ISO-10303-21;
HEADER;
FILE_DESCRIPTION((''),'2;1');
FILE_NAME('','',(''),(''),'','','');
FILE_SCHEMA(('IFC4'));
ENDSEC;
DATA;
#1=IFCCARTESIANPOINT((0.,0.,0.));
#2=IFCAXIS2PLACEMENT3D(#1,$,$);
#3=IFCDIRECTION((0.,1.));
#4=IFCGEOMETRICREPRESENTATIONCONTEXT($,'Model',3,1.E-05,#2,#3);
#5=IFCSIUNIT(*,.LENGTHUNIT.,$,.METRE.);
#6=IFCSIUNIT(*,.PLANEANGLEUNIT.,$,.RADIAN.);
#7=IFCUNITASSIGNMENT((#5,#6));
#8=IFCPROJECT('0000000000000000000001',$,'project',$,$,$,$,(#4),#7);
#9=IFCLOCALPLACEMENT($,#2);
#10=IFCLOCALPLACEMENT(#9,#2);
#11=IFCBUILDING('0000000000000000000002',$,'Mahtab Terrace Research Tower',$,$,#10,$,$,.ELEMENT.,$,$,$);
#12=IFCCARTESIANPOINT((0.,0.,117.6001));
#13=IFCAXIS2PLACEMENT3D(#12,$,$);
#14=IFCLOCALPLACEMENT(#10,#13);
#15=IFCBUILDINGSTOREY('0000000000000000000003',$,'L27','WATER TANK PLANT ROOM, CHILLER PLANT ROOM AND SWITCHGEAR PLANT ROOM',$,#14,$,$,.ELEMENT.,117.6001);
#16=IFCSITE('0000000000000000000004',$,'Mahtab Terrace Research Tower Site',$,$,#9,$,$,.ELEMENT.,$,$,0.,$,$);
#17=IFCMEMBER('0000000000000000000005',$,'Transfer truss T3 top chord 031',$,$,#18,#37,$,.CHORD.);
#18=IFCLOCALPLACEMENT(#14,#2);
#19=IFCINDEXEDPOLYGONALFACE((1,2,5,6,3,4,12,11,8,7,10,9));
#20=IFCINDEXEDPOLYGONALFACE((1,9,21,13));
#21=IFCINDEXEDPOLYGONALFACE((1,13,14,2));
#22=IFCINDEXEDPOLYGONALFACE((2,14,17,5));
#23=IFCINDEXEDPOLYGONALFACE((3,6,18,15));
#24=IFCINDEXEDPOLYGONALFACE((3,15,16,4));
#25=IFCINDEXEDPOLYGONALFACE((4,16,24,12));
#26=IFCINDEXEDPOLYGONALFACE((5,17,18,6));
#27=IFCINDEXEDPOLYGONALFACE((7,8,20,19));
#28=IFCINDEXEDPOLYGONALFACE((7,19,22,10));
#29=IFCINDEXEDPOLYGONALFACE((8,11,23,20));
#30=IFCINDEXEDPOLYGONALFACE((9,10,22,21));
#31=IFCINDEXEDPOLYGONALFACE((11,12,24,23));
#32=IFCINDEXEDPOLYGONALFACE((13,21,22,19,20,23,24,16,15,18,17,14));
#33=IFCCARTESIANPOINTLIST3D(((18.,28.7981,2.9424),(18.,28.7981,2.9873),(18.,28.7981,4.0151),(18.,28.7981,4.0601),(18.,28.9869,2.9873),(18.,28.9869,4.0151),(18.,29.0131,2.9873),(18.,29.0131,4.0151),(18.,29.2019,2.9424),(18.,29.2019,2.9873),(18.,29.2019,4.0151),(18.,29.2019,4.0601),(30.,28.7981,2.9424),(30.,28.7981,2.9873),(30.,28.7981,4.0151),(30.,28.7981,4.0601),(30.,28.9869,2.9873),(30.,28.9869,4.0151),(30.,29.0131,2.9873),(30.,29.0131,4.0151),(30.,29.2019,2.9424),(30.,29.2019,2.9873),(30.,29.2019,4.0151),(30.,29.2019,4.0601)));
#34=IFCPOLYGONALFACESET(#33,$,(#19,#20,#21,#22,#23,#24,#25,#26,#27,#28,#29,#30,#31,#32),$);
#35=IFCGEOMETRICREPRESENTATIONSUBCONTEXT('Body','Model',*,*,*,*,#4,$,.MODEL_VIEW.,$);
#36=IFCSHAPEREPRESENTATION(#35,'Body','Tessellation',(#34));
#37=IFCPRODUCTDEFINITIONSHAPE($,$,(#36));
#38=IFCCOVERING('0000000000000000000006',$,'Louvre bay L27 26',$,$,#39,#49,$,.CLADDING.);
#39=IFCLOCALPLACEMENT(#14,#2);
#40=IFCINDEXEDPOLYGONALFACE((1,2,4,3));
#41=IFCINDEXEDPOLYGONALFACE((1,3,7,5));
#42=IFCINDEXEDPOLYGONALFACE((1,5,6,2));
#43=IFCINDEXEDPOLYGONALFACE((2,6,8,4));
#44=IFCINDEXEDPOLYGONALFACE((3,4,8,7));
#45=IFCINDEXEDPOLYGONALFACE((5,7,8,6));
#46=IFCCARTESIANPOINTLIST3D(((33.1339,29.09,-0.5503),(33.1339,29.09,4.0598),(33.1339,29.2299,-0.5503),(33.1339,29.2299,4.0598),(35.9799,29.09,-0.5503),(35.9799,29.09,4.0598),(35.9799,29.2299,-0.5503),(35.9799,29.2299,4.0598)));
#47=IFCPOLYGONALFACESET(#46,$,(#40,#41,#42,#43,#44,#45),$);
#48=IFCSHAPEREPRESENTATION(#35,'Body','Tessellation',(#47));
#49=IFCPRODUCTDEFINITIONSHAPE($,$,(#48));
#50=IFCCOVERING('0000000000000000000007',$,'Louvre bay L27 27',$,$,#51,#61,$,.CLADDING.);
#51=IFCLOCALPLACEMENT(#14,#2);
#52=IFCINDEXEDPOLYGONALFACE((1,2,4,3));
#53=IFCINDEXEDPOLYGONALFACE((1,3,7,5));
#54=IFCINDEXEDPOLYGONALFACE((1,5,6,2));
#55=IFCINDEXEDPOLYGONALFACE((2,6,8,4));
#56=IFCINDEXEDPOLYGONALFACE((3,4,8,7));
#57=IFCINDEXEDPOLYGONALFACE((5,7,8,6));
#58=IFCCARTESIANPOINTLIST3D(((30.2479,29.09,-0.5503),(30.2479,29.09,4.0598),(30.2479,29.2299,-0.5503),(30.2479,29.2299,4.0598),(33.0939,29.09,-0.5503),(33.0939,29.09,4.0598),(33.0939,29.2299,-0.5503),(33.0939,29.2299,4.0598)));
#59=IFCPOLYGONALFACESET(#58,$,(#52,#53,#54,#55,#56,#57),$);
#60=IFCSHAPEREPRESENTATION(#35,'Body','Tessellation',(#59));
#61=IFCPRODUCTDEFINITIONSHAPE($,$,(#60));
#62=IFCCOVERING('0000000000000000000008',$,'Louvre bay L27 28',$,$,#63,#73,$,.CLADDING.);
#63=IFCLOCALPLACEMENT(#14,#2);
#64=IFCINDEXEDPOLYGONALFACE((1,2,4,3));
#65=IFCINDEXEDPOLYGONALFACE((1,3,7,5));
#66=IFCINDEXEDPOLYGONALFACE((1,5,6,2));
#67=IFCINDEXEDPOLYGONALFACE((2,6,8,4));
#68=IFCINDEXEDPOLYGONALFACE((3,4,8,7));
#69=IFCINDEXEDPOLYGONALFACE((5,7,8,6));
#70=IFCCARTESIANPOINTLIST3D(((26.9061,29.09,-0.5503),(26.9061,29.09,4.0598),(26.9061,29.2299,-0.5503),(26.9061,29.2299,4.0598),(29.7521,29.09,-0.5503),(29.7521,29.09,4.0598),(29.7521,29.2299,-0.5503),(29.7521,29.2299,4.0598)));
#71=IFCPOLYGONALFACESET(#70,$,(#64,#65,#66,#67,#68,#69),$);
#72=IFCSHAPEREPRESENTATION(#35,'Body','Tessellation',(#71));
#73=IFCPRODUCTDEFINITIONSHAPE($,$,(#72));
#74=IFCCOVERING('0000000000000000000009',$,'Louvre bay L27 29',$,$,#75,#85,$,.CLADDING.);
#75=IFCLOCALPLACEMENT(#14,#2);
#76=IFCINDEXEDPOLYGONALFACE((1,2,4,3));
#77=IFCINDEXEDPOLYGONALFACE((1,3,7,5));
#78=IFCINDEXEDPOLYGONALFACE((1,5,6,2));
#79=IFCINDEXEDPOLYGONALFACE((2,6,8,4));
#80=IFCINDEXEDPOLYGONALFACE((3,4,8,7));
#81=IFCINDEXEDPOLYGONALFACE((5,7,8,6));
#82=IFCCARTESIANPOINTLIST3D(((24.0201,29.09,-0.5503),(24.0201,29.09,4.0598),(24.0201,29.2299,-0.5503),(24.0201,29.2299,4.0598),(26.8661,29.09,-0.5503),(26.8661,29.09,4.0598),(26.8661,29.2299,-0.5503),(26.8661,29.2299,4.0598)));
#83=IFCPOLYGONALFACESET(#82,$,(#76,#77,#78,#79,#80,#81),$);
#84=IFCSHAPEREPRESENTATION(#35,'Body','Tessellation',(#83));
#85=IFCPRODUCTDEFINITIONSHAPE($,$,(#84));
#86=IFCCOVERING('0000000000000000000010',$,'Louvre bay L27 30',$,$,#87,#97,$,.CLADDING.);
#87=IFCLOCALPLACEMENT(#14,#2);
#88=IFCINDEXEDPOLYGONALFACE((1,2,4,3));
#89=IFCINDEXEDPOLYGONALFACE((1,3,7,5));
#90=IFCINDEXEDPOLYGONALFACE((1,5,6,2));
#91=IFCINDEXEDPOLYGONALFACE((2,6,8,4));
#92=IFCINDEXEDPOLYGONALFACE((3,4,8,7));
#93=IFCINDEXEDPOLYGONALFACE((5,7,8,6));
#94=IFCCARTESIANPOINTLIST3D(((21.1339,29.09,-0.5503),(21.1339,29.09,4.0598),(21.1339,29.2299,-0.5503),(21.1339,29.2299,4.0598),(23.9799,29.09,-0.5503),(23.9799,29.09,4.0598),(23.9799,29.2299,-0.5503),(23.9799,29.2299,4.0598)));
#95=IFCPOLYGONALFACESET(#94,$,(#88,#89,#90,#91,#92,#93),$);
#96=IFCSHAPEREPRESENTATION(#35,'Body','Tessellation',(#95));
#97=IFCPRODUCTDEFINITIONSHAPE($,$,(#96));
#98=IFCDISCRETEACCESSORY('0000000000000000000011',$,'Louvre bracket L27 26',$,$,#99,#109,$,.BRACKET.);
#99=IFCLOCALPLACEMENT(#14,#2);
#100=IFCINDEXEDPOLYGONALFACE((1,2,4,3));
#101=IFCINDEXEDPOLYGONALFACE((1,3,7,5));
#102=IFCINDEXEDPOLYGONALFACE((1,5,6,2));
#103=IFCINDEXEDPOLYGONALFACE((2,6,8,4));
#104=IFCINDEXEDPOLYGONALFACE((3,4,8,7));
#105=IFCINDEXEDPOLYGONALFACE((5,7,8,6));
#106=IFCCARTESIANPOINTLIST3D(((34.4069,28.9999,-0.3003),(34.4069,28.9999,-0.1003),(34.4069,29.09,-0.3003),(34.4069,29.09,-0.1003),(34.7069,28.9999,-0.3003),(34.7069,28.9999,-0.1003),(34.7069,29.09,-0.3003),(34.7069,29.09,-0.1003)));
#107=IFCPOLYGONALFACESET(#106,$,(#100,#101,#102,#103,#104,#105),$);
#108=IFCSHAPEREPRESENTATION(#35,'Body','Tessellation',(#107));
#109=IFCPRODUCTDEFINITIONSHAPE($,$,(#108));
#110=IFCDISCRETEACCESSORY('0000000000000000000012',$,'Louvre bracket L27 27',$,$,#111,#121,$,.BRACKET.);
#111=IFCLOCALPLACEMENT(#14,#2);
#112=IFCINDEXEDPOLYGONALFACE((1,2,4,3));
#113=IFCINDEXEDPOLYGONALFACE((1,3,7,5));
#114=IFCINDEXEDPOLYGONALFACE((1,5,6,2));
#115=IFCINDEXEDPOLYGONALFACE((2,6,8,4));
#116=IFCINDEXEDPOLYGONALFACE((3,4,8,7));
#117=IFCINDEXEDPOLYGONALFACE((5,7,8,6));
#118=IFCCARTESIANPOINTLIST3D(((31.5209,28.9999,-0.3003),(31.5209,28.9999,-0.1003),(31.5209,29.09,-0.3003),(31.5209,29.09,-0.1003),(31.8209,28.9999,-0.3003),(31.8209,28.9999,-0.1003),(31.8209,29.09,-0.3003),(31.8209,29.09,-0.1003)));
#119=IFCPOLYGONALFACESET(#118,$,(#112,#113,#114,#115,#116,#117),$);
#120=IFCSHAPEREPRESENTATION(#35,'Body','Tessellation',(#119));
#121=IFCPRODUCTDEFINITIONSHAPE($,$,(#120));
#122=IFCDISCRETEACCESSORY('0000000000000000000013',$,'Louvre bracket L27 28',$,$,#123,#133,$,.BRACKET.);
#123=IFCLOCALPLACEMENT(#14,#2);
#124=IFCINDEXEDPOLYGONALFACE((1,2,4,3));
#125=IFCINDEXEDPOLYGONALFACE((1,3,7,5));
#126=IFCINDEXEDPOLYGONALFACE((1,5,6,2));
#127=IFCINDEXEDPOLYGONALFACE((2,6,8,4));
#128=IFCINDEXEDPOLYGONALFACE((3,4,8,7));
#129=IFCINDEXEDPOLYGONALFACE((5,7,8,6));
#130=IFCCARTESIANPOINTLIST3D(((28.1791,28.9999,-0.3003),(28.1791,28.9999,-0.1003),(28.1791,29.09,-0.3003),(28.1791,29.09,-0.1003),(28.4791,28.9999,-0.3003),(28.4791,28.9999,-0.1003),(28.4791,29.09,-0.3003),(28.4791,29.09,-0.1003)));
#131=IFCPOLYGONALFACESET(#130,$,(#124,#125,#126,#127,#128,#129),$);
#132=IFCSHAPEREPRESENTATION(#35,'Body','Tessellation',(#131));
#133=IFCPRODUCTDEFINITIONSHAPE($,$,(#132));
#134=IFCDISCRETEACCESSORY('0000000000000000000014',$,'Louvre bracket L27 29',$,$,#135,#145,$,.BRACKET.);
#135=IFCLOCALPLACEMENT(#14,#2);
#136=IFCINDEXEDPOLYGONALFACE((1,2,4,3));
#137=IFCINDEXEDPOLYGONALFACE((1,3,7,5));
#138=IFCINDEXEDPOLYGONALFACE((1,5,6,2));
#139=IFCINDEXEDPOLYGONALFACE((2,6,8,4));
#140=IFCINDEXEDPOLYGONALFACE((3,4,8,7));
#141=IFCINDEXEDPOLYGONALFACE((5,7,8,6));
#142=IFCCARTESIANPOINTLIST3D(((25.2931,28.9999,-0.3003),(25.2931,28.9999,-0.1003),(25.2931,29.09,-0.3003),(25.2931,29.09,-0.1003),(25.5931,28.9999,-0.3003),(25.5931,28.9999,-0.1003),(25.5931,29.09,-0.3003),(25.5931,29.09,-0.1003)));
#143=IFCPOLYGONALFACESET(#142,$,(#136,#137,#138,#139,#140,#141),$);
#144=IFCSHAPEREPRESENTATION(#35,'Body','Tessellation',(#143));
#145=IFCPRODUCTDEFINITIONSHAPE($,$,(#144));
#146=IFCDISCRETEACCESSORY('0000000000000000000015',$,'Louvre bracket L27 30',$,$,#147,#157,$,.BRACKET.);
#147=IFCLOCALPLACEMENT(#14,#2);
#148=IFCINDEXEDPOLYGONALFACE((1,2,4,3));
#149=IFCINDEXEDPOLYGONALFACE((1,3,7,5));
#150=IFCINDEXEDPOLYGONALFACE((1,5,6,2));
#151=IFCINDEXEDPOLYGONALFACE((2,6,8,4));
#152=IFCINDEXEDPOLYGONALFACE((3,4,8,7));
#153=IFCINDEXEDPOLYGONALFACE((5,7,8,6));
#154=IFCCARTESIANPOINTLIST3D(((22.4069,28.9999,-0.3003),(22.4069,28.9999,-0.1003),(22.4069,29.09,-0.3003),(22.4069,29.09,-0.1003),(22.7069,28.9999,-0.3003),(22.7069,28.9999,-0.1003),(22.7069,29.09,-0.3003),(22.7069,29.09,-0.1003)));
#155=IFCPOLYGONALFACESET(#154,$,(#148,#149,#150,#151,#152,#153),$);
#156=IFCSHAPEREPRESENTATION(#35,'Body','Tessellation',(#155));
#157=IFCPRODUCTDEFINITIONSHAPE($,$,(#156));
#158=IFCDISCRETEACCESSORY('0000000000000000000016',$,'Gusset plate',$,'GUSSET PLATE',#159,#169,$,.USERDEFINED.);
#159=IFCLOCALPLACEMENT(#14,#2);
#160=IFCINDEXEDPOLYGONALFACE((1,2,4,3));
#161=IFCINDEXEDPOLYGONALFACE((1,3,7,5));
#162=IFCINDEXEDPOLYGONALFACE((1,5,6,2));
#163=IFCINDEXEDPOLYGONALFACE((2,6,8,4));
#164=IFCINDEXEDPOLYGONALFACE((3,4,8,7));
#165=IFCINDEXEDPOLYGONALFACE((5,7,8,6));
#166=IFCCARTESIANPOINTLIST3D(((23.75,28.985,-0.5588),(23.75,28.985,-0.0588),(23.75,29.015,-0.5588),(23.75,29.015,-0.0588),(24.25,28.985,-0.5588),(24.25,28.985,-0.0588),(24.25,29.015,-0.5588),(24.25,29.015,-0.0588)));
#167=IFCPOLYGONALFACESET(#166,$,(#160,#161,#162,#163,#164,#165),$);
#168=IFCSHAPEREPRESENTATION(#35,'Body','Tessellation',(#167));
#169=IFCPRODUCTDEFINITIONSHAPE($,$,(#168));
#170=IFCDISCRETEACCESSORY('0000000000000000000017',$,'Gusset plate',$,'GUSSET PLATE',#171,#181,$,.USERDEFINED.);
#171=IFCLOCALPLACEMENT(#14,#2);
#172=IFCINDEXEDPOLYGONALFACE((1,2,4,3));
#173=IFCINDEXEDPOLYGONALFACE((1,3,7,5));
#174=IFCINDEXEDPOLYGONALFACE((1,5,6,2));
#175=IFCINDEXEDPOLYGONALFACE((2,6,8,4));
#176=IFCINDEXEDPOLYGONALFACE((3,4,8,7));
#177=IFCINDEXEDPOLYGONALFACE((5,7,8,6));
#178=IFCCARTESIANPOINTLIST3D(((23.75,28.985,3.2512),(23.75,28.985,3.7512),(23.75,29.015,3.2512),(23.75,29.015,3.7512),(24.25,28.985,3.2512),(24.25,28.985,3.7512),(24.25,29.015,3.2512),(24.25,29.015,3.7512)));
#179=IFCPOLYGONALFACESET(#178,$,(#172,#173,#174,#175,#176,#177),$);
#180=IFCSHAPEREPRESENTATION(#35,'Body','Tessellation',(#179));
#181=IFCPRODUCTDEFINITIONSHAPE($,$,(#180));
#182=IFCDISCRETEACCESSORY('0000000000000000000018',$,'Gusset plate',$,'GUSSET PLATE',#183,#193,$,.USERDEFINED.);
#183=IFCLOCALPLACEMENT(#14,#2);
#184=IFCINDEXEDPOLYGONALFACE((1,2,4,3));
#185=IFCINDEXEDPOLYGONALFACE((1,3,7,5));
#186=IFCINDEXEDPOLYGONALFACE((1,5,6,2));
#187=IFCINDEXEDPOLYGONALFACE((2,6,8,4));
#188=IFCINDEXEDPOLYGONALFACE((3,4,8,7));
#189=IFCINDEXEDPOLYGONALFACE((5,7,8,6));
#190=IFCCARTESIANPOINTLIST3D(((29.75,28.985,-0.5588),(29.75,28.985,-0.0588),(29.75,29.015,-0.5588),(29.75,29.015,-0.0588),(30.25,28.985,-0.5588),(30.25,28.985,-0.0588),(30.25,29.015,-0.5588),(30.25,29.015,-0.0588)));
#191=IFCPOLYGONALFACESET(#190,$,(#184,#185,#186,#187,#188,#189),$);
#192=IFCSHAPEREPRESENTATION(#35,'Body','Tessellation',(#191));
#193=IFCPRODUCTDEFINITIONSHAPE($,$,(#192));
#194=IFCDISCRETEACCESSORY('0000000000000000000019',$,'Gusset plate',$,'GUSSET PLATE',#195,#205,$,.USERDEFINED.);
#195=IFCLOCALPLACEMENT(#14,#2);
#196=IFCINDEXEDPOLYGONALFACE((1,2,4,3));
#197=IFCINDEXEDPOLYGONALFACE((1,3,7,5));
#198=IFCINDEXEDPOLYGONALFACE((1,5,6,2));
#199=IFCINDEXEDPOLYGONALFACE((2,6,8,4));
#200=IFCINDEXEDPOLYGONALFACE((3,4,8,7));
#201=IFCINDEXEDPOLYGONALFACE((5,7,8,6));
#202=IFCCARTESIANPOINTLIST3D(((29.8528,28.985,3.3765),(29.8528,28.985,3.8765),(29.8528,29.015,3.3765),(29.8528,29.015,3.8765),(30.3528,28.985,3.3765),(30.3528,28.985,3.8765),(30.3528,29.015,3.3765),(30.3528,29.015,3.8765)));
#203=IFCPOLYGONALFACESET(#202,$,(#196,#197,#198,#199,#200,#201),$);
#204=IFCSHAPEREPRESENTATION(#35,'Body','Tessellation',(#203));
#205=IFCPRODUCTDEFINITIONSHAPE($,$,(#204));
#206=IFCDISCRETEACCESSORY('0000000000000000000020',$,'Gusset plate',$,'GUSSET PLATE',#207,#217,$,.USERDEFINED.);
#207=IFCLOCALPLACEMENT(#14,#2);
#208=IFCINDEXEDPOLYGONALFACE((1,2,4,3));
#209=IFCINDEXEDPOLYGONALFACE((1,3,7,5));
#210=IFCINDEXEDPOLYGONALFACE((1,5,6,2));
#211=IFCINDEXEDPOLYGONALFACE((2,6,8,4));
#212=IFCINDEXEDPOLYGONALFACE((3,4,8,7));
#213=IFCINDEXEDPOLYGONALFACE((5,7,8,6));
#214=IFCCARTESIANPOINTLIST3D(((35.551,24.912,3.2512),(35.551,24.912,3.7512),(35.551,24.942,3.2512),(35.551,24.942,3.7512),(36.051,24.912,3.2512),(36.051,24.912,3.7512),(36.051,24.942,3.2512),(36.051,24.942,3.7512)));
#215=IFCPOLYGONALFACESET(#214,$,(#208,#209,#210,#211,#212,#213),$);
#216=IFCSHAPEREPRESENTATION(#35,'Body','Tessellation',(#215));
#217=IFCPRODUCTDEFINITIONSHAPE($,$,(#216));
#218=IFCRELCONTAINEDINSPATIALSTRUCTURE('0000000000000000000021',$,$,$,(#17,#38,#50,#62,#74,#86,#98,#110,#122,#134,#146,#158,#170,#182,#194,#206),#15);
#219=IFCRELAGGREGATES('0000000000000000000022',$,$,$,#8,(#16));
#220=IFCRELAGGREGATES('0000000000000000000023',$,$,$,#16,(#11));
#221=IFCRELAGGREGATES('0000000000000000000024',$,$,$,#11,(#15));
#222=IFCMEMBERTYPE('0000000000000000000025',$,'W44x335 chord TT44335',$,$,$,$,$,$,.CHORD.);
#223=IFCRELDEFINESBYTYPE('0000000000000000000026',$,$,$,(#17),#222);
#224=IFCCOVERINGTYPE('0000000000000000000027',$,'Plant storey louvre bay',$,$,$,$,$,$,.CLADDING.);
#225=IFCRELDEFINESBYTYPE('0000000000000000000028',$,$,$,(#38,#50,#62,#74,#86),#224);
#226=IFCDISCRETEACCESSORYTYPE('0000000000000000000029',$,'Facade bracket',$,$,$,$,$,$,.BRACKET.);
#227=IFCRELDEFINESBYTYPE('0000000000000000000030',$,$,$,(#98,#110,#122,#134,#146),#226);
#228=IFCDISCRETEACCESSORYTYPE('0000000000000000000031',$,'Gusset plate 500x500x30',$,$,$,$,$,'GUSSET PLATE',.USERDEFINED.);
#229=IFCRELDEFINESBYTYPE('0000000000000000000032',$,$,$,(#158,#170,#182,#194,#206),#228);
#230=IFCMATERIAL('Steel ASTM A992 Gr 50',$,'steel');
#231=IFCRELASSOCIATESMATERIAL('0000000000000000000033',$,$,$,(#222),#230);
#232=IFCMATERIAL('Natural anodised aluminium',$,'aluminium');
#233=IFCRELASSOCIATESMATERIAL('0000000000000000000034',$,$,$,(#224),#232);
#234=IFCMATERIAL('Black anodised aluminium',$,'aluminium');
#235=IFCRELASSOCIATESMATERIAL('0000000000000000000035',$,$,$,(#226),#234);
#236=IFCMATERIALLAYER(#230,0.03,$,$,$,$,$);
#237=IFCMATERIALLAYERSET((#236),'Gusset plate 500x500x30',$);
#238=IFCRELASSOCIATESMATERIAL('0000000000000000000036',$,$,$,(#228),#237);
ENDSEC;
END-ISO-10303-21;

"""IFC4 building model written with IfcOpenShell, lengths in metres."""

from ifc_helpers import new_model, si_unit, direction, frame, origin, origin_2d, place, context, subcontext, project, spatial, rectangle, i_section, extrude, material, layer, layer_set, material_profile, profile_set, type_object, element, save


model = new_model("IFC4")

# Units and contexts
model_context = context("Model", 3, precision=1e-05, world=origin(), true_north=direction((0.0, 1.0)))
body_context = subcontext(model_context, "Body", "Model", "MODEL_VIEW")
ifc_project = project(units=[si_unit("LENGTHUNIT", "METRE"), si_unit("PLANEANGLEUNIT", "RADIAN")], contexts=[model_context])

# Site, building, storey
site_placement = place(None, origin())
site = spatial("IfcSite", under=ifc_project, at=site_placement, Name="Mahtab Terrace Research Tower Site", CompositionType="ELEMENT", RefElevation=0.0)
building_placement = place(site_placement, origin())
building = spatial("IfcBuilding", under=site, at=building_placement, Name="Mahtab Terrace Research Tower", CompositionType="ELEMENT")
storey_placement = place(building_placement, frame((0.0, 0.0, 117.6001)))
storey = spatial("IfcBuildingStorey", under=building, at=storey_placement, Name="L27", Description="WATER TANK PLANT ROOM, CHILLER PLANT ROOM AND SWITCHGEAR PLANT ROOM", CompositionType="ELEMENT", Elevation=117.6001)

# Shared definitions
ifc_material_1 = material(Name="Steel ASTM A992 Gr 50", Category="steel")

# Member
ifc_material_profile_1 = material_profile(ifc_material_1, i_section(OverallWidth=0.4038, OverallDepth=1.1177, WebThickness=0.0261, FlangeThickness=0.0449, at=origin_2d()), Name="W44X335")
ifc_profile_set_1 = profile_set([ifc_material_profile_1], Name="Steel ASTM A992 Gr 50")
member_type_1 = type_object("IfcMemberType", Name="W44x335 chord TT44335", PredefinedType="CHORD", material=ifc_profile_set_1)
member_1_placement = place(storey_placement, frame((30.0, 29.0, 3.5012), z_axis=(-1.0, 0.0, 0.0), x_axis=(0.0, -1.0, 0.0)))
element("IfcMember", 1, at=member_1_placement, inside=storey, type_object=member_type_1, Name="Transfer truss T3 top chord 031", PredefinedType="CHORD", context=body_context, shape_type="SweptSolid", body=[
    extrude(i_section(OverallWidth=0.4038, OverallDepth=1.1177, WebThickness=0.0261, FlangeThickness=0.0449, at=origin_2d()), origin(), (0.0, 0.0, 1.0), 12.0),
])

# Coverings
ifc_material_2 = material(Name="Natural anodised aluminium", Category="aluminium")
covering_type = type_object("IfcCoveringType", Name="Plant storey louvre bay", PredefinedType="CLADDING", material=ifc_material_2)
for number, where, z_axis, x_axis, name in (
    (2, (34.5569, 29.1599, -0.5503), (0.0, 0.0, 1.0), (-1.0, 0.0, 0.0), "Louvre bay L27 26"),
    (3, (31.6709, 29.1599, -0.5503), (0.0, 0.0, 1.0), (-1.0, 0.0, 0.0), "Louvre bay L27 27"),
    (4, (28.3291, 29.1599, -0.5503), (0.0, 0.0, 1.0), (-1.0, 0.0, 0.0), "Louvre bay L27 28"),
    (5, (25.4431, 29.1599, -0.5503), (0.0, 0.0, 1.0), (-1.0, 0.0, 0.0), "Louvre bay L27 29"),
    (6, (22.5569, 29.1599, -0.5503), (0.0, 0.0, 1.0), (-1.0, 0.0, 0.0), "Louvre bay L27 30"),
):
    element("IfcCovering", number, at=place(storey_placement, frame(where, z_axis=z_axis, x_axis=x_axis)), inside=storey, type_object=covering_type, Name=name, PredefinedType="CLADDING", context=body_context, shape_type="SweptSolid", body=[
        extrude(rectangle(XDim=2.8459, YDim=0.1399, at=origin_2d()), origin(), (0.0, 0.0, 1.0), 4.6101),
    ])

# Discrete accessories
ifc_material_3 = material(Name="Black anodised aluminium", Category="aluminium")
discrete_accessory_type_1 = type_object("IfcDiscreteAccessoryType", Name="Facade bracket", PredefinedType="BRACKET", material=ifc_material_3)
for number, where, z_axis, x_axis, name in (
    (7, (34.5569, 29.0449, -0.3003), (0.0, 0.0, 1.0), (-1.0, 0.0, 0.0), "Louvre bracket L27 26"),
    (8, (31.6709, 29.0449, -0.3003), (0.0, 0.0, 1.0), (-1.0, 0.0, 0.0), "Louvre bracket L27 27"),
    (9, (28.3291, 29.0449, -0.3003), (0.0, 0.0, 1.0), (-1.0, 0.0, 0.0), "Louvre bracket L27 28"),
    (10, (25.4431, 29.0449, -0.3003), (0.0, 0.0, 1.0), (-1.0, 0.0, 0.0), "Louvre bracket L27 29"),
    (11, (22.5569, 29.0449, -0.3003), (0.0, 0.0, 1.0), (-1.0, 0.0, 0.0), "Louvre bracket L27 30"),
):
    element("IfcDiscreteAccessory", number, at=place(storey_placement, frame(where, z_axis=z_axis, x_axis=x_axis)), inside=storey, type_object=discrete_accessory_type_1, Name=name, PredefinedType="BRACKET", context=body_context, shape_type="SweptSolid", body=[
        extrude(rectangle(XDim=0.3, YDim=0.0901, at=origin_2d()), origin(), (0.0, 0.0, 1.0), 0.2),
    ])
ifc_layer = layer(ifc_material_1, 0.03)
ifc_layer_set = layer_set([ifc_layer], Name="Gusset plate 500x500x30")
discrete_accessory_type_2 = type_object("IfcDiscreteAccessoryType", Name="Gusset plate 500x500x30", ElementType="GUSSET PLATE", PredefinedType="USERDEFINED", material=ifc_layer_set)
for number, where, z_axis, x_axis, name in (
    (12, (24.0, 29.0, -0.5588), (0.0, 0.0, 1.0), (1.0, 0.0, 0.0), "Gusset plate"),
    (13, (24.0, 29.0, 3.2512), (0.0, 0.0, 1.0), (1.0, 0.0, 0.0), "Gusset plate"),
    (14, (30.0, 29.0, -0.5588), (0.0, 0.0, 1.0), (1.0, 0.0, 0.0), "Gusset plate"),
    (15, (30.1028, 29.0, 3.3765), (0.0, 0.0, 1.0), (1.0, 0.0, 0.0), "Gusset plate"),
    (16, (35.801, 24.927, 3.2512), (0.0, 0.0, 1.0), (1.0, 0.0, 0.0), "Gusset plate"),
):
    element("IfcDiscreteAccessory", number, at=place(storey_placement, frame(where, z_axis=z_axis, x_axis=x_axis)), inside=storey, type_object=discrete_accessory_type_2, Name=name, ObjectType="GUSSET PLATE", PredefinedType="USERDEFINED", context=body_context, shape_type="SweptSolid", body=[
        extrude(rectangle(XDim=0.5, YDim=0.03, at=origin_2d()), origin(), (0.0, 0.0, 1.0), 0.5),
    ])

save(model, "model.ifc")
